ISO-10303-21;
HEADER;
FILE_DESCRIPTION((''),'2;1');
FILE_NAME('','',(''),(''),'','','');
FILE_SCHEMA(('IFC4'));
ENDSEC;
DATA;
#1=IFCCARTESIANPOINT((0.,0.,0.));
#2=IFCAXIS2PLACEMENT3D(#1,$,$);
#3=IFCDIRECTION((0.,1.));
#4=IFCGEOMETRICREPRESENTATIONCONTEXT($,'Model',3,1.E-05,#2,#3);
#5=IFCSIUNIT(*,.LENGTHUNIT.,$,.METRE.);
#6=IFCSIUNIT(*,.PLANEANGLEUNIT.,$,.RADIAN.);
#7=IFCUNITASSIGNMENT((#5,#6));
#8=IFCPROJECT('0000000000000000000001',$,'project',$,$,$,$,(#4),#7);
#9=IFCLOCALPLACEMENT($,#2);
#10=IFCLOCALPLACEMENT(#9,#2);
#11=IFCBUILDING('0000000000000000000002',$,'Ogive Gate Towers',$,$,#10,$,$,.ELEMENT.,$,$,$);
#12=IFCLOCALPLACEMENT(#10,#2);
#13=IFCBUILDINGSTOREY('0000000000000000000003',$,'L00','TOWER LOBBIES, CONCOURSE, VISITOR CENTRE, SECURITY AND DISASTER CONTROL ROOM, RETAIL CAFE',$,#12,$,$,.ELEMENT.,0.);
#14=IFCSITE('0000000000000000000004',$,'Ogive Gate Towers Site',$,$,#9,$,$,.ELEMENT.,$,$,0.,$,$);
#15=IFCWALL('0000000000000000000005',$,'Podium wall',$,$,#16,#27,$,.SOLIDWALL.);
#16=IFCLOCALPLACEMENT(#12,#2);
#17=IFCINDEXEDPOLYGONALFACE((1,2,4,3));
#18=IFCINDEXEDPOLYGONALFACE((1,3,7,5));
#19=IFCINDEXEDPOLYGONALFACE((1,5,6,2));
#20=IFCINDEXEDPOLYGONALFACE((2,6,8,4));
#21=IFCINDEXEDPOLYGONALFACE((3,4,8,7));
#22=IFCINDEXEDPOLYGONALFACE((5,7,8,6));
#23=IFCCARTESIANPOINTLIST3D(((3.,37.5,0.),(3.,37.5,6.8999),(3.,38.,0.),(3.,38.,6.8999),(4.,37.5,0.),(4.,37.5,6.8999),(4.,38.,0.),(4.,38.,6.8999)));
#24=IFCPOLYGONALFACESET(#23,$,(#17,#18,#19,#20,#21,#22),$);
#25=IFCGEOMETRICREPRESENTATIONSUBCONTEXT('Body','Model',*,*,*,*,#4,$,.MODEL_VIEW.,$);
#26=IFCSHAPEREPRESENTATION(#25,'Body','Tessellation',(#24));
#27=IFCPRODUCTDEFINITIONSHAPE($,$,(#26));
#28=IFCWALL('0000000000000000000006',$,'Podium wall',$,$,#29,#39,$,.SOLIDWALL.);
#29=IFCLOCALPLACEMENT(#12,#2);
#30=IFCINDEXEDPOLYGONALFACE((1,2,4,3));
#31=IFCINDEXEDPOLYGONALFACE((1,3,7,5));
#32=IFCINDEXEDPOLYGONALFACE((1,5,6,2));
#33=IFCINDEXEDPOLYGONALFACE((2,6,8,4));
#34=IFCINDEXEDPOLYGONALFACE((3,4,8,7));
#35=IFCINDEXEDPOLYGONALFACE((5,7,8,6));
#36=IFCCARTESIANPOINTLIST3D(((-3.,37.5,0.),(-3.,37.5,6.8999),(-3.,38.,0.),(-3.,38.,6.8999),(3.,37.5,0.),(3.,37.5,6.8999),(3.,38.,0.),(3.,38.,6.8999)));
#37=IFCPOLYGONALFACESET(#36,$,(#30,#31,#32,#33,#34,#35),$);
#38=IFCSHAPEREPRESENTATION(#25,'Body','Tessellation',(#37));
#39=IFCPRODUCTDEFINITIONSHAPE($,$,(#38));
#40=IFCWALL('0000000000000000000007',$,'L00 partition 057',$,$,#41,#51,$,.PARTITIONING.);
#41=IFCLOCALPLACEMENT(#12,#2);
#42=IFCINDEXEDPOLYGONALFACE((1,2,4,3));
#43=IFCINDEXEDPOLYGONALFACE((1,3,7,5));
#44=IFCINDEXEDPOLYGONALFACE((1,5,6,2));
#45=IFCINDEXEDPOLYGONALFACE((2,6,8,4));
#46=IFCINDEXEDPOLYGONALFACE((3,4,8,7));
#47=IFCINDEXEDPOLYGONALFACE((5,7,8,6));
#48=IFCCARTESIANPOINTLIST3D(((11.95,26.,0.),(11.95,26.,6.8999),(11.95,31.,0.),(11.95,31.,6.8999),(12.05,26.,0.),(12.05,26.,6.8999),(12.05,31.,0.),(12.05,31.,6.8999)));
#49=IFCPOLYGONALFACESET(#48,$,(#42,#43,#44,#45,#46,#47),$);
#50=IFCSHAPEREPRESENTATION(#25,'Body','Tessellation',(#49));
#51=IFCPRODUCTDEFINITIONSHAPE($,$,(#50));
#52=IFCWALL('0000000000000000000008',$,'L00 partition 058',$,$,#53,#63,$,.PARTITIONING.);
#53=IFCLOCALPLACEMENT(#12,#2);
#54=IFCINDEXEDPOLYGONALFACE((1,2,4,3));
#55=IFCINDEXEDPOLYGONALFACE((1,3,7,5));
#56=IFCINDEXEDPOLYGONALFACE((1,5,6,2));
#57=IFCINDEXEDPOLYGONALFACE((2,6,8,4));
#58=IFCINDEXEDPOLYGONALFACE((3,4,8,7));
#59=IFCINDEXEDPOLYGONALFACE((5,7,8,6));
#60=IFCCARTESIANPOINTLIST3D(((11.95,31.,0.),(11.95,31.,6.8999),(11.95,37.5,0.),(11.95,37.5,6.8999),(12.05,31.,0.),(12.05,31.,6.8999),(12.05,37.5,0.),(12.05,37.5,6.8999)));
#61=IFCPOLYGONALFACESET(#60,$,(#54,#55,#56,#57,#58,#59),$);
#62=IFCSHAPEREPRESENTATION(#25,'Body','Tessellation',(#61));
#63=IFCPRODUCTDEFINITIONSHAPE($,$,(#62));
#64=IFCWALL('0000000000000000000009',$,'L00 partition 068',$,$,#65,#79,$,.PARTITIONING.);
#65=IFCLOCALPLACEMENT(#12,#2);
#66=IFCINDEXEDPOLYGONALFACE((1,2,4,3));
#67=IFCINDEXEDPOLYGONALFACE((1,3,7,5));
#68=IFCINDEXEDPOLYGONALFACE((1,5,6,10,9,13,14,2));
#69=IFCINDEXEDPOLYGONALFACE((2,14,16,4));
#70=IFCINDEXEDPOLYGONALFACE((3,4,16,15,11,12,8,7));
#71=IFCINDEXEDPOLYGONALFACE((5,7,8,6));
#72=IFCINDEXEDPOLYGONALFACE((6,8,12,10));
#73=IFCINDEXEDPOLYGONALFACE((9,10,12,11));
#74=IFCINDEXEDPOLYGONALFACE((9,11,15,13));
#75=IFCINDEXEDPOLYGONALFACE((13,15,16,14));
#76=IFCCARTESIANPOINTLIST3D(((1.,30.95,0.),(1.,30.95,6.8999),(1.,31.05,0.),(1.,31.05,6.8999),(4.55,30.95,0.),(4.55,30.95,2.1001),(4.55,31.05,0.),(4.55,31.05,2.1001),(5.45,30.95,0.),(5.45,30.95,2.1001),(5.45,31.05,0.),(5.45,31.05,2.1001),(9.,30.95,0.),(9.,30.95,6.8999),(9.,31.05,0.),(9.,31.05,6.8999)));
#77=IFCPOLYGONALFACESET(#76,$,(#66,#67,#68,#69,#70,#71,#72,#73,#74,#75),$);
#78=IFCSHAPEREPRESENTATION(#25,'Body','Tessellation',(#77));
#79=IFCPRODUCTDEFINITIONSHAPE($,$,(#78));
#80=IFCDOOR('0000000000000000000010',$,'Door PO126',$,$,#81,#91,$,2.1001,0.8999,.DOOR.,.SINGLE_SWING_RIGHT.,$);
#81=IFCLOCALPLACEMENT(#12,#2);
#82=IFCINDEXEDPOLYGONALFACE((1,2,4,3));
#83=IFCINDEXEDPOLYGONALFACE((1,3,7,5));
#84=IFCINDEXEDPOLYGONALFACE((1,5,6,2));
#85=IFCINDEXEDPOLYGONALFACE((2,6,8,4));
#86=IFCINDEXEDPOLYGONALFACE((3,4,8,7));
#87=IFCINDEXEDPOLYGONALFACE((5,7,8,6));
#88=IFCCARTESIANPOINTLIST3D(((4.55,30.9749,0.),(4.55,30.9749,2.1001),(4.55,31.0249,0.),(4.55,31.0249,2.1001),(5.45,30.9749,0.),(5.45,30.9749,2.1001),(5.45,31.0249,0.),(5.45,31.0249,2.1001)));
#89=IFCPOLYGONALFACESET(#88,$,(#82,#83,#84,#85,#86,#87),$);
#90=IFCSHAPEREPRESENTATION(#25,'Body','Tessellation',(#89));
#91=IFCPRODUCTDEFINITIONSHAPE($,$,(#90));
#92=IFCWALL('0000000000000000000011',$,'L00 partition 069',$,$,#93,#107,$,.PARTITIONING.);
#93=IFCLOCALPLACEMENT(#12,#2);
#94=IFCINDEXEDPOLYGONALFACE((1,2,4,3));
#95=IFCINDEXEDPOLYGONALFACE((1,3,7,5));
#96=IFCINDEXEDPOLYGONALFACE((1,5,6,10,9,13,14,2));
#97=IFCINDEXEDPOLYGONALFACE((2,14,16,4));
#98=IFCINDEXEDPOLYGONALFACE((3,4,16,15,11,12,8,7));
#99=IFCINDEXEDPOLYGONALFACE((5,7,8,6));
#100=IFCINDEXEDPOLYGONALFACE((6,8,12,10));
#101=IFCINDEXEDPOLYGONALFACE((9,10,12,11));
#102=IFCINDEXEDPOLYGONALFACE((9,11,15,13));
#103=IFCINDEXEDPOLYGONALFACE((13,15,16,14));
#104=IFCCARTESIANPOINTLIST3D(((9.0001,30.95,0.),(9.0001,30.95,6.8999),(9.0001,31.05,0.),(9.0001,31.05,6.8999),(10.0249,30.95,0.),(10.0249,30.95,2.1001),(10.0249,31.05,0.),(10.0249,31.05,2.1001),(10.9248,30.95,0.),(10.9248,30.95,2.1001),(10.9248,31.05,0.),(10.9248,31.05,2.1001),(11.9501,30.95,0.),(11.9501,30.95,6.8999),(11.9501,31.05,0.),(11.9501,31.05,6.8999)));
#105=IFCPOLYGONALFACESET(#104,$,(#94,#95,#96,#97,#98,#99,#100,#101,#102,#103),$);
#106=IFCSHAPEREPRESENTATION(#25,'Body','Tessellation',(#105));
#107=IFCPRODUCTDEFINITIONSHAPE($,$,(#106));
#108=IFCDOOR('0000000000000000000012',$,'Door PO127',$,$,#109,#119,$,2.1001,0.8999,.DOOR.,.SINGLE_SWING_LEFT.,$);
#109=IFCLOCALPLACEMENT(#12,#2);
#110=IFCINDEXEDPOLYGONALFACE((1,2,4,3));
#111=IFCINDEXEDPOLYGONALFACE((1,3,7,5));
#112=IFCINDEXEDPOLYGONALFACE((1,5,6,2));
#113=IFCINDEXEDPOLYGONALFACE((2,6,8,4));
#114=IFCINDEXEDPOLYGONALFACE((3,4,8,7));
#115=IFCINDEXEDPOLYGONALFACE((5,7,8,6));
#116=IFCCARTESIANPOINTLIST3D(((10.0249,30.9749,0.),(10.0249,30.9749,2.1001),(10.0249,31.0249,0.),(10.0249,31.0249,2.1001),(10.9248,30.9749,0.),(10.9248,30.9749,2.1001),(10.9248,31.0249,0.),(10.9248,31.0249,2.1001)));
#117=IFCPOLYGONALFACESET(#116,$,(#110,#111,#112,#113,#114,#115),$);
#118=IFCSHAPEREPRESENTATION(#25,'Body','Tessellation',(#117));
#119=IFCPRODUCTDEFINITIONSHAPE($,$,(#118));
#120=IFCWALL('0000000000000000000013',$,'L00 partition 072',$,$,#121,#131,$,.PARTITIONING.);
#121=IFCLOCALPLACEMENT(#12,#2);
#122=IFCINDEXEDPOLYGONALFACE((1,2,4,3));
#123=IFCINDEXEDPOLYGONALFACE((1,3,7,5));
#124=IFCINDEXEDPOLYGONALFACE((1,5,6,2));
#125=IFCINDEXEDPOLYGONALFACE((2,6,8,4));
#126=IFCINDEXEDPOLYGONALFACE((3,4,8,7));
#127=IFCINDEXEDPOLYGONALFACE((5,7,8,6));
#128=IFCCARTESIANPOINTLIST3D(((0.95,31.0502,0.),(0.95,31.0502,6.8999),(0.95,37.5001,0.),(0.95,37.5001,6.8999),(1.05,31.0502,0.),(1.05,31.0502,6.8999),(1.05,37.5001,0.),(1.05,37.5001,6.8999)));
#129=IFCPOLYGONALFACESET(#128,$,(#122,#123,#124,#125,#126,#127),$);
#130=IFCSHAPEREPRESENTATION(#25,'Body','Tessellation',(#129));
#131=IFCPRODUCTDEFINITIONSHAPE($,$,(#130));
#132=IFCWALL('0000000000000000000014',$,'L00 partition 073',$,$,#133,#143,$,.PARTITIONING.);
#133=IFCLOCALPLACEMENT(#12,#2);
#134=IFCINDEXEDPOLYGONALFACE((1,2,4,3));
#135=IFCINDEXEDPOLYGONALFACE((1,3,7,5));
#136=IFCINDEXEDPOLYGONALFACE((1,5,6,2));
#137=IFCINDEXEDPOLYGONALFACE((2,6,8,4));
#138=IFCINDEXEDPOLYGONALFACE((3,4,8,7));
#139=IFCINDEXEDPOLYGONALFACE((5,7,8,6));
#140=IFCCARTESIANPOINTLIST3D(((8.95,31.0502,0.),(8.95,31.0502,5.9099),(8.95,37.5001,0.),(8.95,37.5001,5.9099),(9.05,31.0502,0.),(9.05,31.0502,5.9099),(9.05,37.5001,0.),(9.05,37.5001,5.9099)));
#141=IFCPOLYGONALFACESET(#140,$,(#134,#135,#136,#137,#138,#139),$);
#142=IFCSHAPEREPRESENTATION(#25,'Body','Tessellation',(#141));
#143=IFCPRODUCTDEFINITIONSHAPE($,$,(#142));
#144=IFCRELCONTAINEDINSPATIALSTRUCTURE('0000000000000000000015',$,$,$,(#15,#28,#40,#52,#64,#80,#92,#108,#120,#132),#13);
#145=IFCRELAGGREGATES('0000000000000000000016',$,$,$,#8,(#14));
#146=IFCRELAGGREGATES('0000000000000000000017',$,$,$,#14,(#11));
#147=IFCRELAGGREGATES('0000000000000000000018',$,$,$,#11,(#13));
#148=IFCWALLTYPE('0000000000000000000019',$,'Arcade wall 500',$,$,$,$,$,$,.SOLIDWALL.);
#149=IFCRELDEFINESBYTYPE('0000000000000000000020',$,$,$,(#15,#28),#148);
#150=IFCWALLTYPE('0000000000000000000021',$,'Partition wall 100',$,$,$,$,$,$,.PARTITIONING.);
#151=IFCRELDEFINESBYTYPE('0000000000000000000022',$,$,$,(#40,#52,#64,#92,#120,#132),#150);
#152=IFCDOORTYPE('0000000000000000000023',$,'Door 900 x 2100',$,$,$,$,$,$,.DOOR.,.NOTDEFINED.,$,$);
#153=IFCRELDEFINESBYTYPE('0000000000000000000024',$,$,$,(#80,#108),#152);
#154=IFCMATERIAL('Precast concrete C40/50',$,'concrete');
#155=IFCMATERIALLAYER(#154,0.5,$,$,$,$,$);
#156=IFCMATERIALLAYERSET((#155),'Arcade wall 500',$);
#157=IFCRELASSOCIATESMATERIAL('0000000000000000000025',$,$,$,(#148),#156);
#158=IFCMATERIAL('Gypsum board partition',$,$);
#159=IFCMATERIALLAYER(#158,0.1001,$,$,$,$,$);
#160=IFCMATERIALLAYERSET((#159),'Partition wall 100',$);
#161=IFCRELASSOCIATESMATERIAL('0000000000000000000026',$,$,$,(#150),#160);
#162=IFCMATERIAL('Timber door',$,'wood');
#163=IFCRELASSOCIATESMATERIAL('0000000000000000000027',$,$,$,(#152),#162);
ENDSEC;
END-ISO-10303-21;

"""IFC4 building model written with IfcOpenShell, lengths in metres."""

from ifc_helpers import new_model, si_unit, direction, frame, frame_2d, origin, place, context, subcontext, project, spatial, rectangle, extrude, material, layer, layer_set, type_object, element, fill, save


model = new_model("IFC4")

# Units and contexts
model_context = context("Model", 3, precision=1e-05, world=origin(), true_north=direction((0.0, 1.0)))
body_context = subcontext(model_context, "Body", "Model", "MODEL_VIEW")
ifc_project = project(units=[si_unit("LENGTHUNIT", "METRE"), si_unit("PLANEANGLEUNIT", "RADIAN")], contexts=[model_context])

# Site, building, storey
site_placement = place(None, origin())
site = spatial("IfcSite", under=ifc_project, at=site_placement, Name="Ogive Gate Towers Site", CompositionType="ELEMENT", RefElevation=0.0)
building_placement = place(site_placement, origin())
building = spatial("IfcBuilding", under=site, at=building_placement, Name="Ogive Gate Towers", CompositionType="ELEMENT")
storey_placement = place(building_placement, origin())
storey = spatial("IfcBuildingStorey", under=building, at=storey_placement, Name="L00", Description="TOWER LOBBIES, CONCOURSE, VISITOR CENTRE, SECURITY AND DISASTER CONTROL ROOM, RETAIL CAFE", CompositionType="ELEMENT", Elevation=0.0)

# Walls
ifc_material_1 = material(Name="Precast concrete C40/50", Category="concrete")
ifc_layer_1 = layer(ifc_material_1, 0.5)
ifc_layer_set_1 = layer_set([ifc_layer_1], Name="Arcade wall 500")
wall_type_1 = type_object("IfcWallType", Name="Arcade wall 500", PredefinedType="SOLIDWALL", material=ifc_layer_set_1)
wall_1_placement = place(storey_placement, frame((4.0, 37.75, 0.0), z_axis=(0.0, 0.0, 1.0), x_axis=(-1.0, 0.0, 0.0)))
element("IfcWall", 1, at=wall_1_placement, inside=storey, type_object=wall_type_1, Name="Podium wall", PredefinedType="SOLIDWALL", context=body_context, shape_type="SweptSolid", body=[
    extrude(rectangle(XDim=1.0, YDim=0.5, at=frame_2d((0.5, 0.0))), origin(), (0.0, 0.0, 1.0), 6.8999),
])
wall_2_placement = place(storey_placement, frame((3.0, 37.75, 0.0), z_axis=(0.0, 0.0, 1.0), x_axis=(-1.0, 0.0, 0.0)))
element("IfcWall", 2, at=wall_2_placement, inside=storey, type_object=wall_type_1, Name="Podium wall", PredefinedType="SOLIDWALL", context=body_context, shape_type="SweptSolid", body=[
    extrude(rectangle(XDim=6.0, YDim=0.5, at=frame_2d((3.0, 0.0))), origin(), (0.0, 0.0, 1.0), 6.8999),
])
ifc_material_2 = material(Name="Gypsum board partition")
ifc_layer_2 = layer(ifc_material_2, 0.1001)
ifc_layer_set_2 = layer_set([ifc_layer_2], Name="Partition wall 100")
wall_type_2 = type_object("IfcWallType", Name="Partition wall 100", PredefinedType="PARTITIONING", material=ifc_layer_set_2)
wall_3_placement = place(storey_placement, frame((12.0, 26.0, 0.0), z_axis=(0.0, 0.0, 1.0), x_axis=(0.0, 1.0, 0.0)))
element("IfcWall", 3, at=wall_3_placement, inside=storey, type_object=wall_type_2, Name="L00 partition 057", PredefinedType="PARTITIONING", context=body_context, shape_type="SweptSolid", body=[
    extrude(rectangle(XDim=5.0, YDim=0.1001, at=frame_2d((2.5, 0.0))), origin(), (0.0, 0.0, 1.0), 6.8999),
])
wall_4_placement = place(storey_placement, frame((12.0, 31.0, 0.0), z_axis=(0.0, 0.0, 1.0), x_axis=(0.0, 1.0, 0.0)))
element("IfcWall", 4, at=wall_4_placement, inside=storey, type_object=wall_type_2, Name="L00 partition 058", PredefinedType="PARTITIONING", context=body_context, shape_type="SweptSolid", body=[
    extrude(rectangle(XDim=6.5, YDim=0.1001, at=frame_2d((3.25, 0.0))), origin(), (0.0, 0.0, 1.0), 6.8999),
])

# Walls, openings, doors
wall_5_placement = place(storey_placement, frame((1.0, 31.0, 0.0), z_axis=(0.0, 0.0, 1.0), x_axis=(1.0, 0.0, 0.0)))
wall_5 = element("IfcWall", 5, at=wall_5_placement, inside=storey, type_object=wall_type_2, Name="L00 partition 068", PredefinedType="PARTITIONING", context=body_context, shape_type="SweptSolid", body=[
    extrude(rectangle(XDim=8.0, YDim=0.1001, at=frame_2d((4.0, 0.0))), origin(), (0.0, 0.0, 1.0), 6.8999),
])
opening_1_placement = place(wall_5_placement, frame((3.55, 0.0, 0.0)))
opening_1 = element("IfcOpeningElement", 6, at=opening_1_placement, cuts=wall_5, PredefinedType="OPENING", context=body_context, shape_type="SweptSolid", body=[
    extrude(rectangle(XDim=0.8999, YDim=2.1001, at=frame_2d((0.45, 1.05))), frame((0.0, 0.0601, 0.0), z_axis=(0.0, -1.0, 0.0), x_axis=(1.0, 0.0, 0.0)), (0.0, 0.0, 1.0), 0.1201),
])
ifc_material_3 = material(Name="Timber door", Category="wood")
door_type = type_object("IfcDoorType", Name="Door 900 x 2100", OperationType="NOTDEFINED", PredefinedType="DOOR", material=ifc_material_3)
door_1_placement = place(opening_1_placement, origin())
door_1 = element("IfcDoor", 7, at=door_1_placement, inside=storey, type_object=door_type, Name="Door PO126", OperationType="SINGLE_SWING_RIGHT", OverallHeight=2.1001, OverallWidth=0.8999, PredefinedType="DOOR", context=body_context, shape_type="SweptSolid", body=[
    extrude(rectangle(XDim=0.8999, YDim=2.1001, at=frame_2d((0.45, 1.05))), frame((0.0, 0.0249, 0.0), z_axis=(0.0, -1.0, 0.0), x_axis=(1.0, 0.0, 0.0)), (0.0, 0.0, 1.0), 0.05),
])
fill(opening_1, door_1)
wall_6_placement = place(storey_placement, frame((9.0, 31.0, 0.0), z_axis=(0.0, 0.0, 1.0), x_axis=(1.0, 0.0, 0.0)))
wall_6 = element("IfcWall", 8, at=wall_6_placement, inside=storey, type_object=wall_type_2, Name="L00 partition 069", PredefinedType="PARTITIONING", context=body_context, shape_type="SweptSolid", body=[
    extrude(rectangle(XDim=2.95, YDim=0.1001, at=frame_2d((1.4751, 0.0))), origin(), (0.0, 0.0, 1.0), 6.8999),
])
opening_2_placement = place(wall_6_placement, frame((1.0249, 0.0, 0.0)))
opening_2 = element("IfcOpeningElement", 9, at=opening_2_placement, cuts=wall_6, PredefinedType="OPENING", context=body_context, shape_type="SweptSolid", body=[
    extrude(rectangle(XDim=0.8999, YDim=2.1001, at=frame_2d((0.45, 1.05))), frame((0.0, 0.0601, 0.0), z_axis=(0.0, -1.0, 0.0), x_axis=(1.0, 0.0, 0.0)), (0.0, 0.0, 1.0), 0.1201),
])
door_2_placement = place(opening_2_placement, origin())
door_2 = element("IfcDoor", 10, at=door_2_placement, inside=storey, type_object=door_type, Name="Door PO127", OperationType="SINGLE_SWING_LEFT", OverallHeight=2.1001, OverallWidth=0.8999, PredefinedType="DOOR", context=body_context, shape_type="SweptSolid", body=[
    extrude(rectangle(XDim=0.8999, YDim=2.1001, at=frame_2d((0.45, 1.05))), frame((0.0, 0.0249, 0.0), z_axis=(0.0, -1.0, 0.0), x_axis=(1.0, 0.0, 0.0)), (0.0, 0.0, 1.0), 0.05),
])
fill(opening_2, door_2)

# Walls
wall_7_placement = place(storey_placement, frame((1.0, 31.05, 0.0), z_axis=(0.0, 0.0, 1.0), x_axis=(0.0, 1.0, 0.0)))
element("IfcWall", 11, at=wall_7_placement, inside=storey, type_object=wall_type_2, Name="L00 partition 072", PredefinedType="PARTITIONING", context=body_context, shape_type="SweptSolid", body=[
    extrude(rectangle(XDim=6.45, YDim=0.1001, at=frame_2d((3.2251, 0.0))), origin(), (0.0, 0.0, 1.0), 6.8999),
])
wall_8_placement = place(storey_placement, frame((9.0, 31.05, 0.0), z_axis=(0.0, 0.0, 1.0), x_axis=(0.0, 1.0, 0.0)))
element("IfcWall", 12, at=wall_8_placement, inside=storey, type_object=wall_type_2, Name="L00 partition 073", PredefinedType="PARTITIONING", context=body_context, shape_type="SweptSolid", body=[
    extrude(rectangle(XDim=6.45, YDim=0.1001, at=frame_2d((3.2251, 0.0))), origin(), (0.0, 0.0, 1.0), 5.9099),
])

save(model, "model.ifc")
